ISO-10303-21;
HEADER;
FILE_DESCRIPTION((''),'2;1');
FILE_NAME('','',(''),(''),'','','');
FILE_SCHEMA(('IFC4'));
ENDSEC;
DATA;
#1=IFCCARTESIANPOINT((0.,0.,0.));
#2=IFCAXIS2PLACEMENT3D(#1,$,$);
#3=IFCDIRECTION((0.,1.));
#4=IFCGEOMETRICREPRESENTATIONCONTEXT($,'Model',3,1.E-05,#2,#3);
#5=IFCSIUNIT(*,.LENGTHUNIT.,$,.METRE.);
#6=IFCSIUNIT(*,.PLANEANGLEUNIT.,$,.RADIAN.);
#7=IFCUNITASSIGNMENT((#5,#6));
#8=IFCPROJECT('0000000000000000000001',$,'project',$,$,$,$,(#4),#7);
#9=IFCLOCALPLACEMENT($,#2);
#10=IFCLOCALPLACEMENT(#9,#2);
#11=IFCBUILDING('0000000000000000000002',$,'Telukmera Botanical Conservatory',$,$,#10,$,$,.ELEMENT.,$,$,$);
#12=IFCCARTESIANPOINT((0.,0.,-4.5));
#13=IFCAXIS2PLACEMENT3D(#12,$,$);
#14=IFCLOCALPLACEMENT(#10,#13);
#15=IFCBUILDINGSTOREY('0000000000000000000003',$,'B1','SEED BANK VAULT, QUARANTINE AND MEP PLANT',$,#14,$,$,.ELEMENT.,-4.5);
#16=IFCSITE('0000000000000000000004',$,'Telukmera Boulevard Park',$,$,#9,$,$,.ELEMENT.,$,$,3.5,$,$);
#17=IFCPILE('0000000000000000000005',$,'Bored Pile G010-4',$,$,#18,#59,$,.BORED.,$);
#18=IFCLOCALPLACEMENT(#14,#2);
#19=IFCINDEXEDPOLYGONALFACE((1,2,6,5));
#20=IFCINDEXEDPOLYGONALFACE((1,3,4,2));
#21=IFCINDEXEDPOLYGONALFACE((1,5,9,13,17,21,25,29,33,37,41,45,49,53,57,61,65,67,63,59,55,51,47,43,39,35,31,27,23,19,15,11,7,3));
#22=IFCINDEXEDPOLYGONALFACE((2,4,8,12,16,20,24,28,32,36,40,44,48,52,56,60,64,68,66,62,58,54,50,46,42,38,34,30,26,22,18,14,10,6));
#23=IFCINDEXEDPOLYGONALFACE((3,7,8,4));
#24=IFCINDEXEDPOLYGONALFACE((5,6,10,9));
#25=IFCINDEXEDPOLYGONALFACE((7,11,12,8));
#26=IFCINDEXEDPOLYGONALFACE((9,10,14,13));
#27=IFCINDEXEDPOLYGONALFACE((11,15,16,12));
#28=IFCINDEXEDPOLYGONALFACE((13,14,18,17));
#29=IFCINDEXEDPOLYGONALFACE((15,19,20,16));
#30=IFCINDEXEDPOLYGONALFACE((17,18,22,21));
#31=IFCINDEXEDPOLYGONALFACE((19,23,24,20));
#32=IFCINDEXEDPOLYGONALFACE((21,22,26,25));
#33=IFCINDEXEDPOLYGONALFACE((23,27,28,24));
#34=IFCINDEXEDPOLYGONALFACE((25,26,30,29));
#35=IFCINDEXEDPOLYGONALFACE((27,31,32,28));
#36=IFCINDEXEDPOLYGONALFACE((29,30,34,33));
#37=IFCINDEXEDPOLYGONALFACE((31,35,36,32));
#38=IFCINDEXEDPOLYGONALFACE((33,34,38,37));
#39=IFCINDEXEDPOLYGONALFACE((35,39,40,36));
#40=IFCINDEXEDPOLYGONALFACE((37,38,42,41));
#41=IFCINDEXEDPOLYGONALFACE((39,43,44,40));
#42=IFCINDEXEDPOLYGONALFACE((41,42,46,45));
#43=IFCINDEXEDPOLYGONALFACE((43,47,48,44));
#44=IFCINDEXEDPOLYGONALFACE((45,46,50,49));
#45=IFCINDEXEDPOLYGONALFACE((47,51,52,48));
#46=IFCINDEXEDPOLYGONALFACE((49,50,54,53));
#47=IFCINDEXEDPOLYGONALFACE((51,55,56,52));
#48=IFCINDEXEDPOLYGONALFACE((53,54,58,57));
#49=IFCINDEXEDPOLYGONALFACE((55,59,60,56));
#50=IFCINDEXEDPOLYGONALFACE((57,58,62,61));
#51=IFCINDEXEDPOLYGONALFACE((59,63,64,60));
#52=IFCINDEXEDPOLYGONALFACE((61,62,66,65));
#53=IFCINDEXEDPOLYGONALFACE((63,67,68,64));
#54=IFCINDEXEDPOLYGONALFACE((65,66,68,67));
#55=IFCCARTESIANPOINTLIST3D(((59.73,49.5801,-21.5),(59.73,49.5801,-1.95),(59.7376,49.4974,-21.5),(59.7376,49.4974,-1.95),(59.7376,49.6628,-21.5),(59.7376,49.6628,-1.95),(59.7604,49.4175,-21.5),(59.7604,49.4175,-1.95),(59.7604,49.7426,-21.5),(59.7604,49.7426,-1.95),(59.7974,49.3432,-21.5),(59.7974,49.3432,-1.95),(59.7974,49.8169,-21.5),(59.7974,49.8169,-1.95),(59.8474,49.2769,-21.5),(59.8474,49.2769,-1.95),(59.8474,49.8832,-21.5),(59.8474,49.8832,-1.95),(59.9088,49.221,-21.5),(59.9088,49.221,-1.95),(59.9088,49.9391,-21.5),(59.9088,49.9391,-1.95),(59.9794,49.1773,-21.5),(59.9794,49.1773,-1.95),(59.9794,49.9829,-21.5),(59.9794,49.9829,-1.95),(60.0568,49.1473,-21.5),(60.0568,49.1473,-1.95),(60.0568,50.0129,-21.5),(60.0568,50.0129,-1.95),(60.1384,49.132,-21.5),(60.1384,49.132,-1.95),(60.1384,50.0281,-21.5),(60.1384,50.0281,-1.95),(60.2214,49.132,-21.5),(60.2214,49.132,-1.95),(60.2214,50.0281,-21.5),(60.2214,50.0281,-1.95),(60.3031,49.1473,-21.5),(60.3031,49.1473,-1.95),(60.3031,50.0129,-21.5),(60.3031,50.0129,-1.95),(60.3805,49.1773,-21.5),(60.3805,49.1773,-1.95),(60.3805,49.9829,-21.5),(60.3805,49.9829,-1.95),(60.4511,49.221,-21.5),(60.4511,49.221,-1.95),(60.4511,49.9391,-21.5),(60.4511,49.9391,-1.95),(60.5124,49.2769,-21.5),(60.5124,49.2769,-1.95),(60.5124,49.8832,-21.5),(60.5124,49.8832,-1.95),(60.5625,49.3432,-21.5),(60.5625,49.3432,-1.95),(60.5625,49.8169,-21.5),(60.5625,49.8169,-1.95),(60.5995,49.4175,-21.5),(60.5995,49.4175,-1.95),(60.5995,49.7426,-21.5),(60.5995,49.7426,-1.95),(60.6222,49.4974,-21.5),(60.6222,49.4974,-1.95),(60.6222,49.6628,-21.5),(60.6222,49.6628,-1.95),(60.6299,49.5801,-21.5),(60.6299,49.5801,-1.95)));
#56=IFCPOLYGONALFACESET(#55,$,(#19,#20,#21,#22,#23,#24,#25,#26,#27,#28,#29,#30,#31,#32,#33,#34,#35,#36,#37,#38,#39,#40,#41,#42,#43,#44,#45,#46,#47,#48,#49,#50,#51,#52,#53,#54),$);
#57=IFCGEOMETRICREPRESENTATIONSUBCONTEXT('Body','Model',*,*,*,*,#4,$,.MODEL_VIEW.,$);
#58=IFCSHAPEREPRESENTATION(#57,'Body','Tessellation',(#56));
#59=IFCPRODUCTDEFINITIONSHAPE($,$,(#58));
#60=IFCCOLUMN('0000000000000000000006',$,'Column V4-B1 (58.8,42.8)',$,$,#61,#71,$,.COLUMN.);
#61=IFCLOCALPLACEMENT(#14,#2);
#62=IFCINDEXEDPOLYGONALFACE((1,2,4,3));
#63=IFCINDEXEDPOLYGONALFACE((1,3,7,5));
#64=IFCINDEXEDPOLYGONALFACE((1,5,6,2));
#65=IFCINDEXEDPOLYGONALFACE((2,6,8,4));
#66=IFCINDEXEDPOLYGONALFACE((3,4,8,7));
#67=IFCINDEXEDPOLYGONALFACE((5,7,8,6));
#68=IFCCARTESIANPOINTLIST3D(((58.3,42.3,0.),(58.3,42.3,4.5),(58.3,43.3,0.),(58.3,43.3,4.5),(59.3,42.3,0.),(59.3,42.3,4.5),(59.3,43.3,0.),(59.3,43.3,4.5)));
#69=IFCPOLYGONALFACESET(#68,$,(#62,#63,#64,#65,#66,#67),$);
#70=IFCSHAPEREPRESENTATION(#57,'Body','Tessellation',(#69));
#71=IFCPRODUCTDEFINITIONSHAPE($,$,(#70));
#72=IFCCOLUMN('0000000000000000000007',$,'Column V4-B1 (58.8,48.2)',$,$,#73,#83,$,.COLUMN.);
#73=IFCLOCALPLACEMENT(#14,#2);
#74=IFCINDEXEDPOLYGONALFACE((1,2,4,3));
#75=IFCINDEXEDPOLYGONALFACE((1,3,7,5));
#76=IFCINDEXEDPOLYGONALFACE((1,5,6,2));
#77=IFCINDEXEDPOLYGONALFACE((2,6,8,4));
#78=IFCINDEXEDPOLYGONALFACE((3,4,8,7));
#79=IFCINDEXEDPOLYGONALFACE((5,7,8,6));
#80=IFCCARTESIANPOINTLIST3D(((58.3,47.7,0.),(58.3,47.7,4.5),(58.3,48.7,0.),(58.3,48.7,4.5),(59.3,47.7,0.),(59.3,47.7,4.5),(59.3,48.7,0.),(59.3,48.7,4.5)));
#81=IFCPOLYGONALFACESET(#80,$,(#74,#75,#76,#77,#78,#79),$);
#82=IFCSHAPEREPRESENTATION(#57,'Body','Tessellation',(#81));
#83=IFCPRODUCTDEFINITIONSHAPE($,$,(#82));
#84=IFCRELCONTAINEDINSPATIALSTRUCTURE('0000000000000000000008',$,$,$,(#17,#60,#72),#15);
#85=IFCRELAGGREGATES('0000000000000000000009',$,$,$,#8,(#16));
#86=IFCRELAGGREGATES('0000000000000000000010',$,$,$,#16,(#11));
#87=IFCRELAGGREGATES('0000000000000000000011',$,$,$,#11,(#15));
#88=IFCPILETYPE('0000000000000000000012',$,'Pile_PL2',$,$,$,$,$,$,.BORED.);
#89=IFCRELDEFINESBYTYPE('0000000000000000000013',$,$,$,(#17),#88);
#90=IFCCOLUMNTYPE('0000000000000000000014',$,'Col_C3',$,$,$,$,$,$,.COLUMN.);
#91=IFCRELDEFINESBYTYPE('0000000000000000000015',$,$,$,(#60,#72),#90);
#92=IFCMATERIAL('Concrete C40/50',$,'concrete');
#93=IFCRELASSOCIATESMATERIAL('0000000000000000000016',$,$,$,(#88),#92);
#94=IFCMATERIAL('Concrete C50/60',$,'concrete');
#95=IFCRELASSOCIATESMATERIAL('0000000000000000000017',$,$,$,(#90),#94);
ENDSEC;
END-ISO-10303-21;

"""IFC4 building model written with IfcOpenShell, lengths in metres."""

from ifc_helpers import new_model, si_unit, direction, frame, origin, origin_2d, place, context, subcontext, project, spatial, rectangle, circle, extrude, material, material_profile, profile_set, type_object, element, save


model = new_model("IFC4")

# Units and contexts
model_context = context("Model", 3, precision=1e-05, world=origin(), true_north=direction((0.0, 1.0)))
body_context = subcontext(model_context, "Body", "Model", "MODEL_VIEW")
ifc_project = project(units=[si_unit("LENGTHUNIT", "METRE"), si_unit("PLANEANGLEUNIT", "RADIAN")], contexts=[model_context])

# Site, building, storey
site_placement = place(None, origin())
site = spatial("IfcSite", under=ifc_project, at=site_placement, Name="Telukmera Boulevard Park", CompositionType="ELEMENT", RefElevation=3.5)
building_placement = place(site_placement, origin())
building = spatial("IfcBuilding", under=site, at=building_placement, Name="Telukmera Botanical Conservatory", CompositionType="ELEMENT")
storey_placement = place(building_placement, frame((0.0, 0.0, -4.5)))
storey = spatial("IfcBuildingStorey", under=building, at=storey_placement, Name="B1", Description="SEED BANK VAULT, QUARANTINE AND MEP PLANT", CompositionType="ELEMENT", Elevation=-4.5)

# Shared definitions
ifc_material_1 = material(Name="Concrete C50/60", Category="concrete")
ifc_material_2 = material(Name="Concrete C40/50", Category="concrete")

# Pile
ifc_material_profile_1 = material_profile(ifc_material_2, circle(Radius=0.45, at=origin_2d()), Name="PILE D900")
ifc_profile_set_1 = profile_set([ifc_material_profile_1], Name="Concrete C40/50")
pile_type = type_object("IfcPileType", Name="Pile_PL2", PredefinedType="BORED", material=ifc_profile_set_1)
for number, where, z_axis, x_axis, name in (
    (1, (60.1799, 49.5801, -1.95), (0.0, 0.0, -1.0), (1.0, 0.0, 0.0), "Bored Pile G010-4"),
):
    element("IfcPile", number, at=place(storey_placement, frame(where, z_axis=z_axis, x_axis=x_axis)), inside=storey, type_object=pile_type, Name=name, PredefinedType="BORED", context=body_context, shape_type="SweptSolid", body=[
        extrude(circle(Radius=0.45, at=origin_2d()), origin(), (0.0, 0.0, 1.0), 19.55),
    ])

# Columns
ifc_material_profile_2 = material_profile(ifc_material_1, rectangle(XDim=1.0, YDim=1.0, at=origin_2d()), Name="RC 1000x1000")
ifc_profile_set_2 = profile_set([ifc_material_profile_2], Name="Concrete C50/60")
column_type = type_object("IfcColumnType", Name="Col_C3", PredefinedType="COLUMN", material=ifc_profile_set_2)
for number, where, z_axis, x_axis, name in (
    (2, (58.8, 42.8, 0.0), (0.0, 0.0, 1.0), (1.0, 0.0, 0.0), "Column V4-B1 (58.8,42.8)"),
    (3, (58.8, 48.2, 0.0), (0.0, 0.0, 1.0), (1.0, 0.0, 0.0), "Column V4-B1 (58.8,48.2)"),
):
    element("IfcColumn", number, at=place(storey_placement, frame(where, z_axis=z_axis, x_axis=x_axis)), inside=storey, type_object=column_type, Name=name, PredefinedType="COLUMN", context=body_context, shape_type="SweptSolid", body=[
        extrude(rectangle(XDim=1.0, YDim=1.0, at=origin_2d()), origin(), (0.0, 0.0, 1.0), 4.5),
    ])

save(model, "model.ifc")
